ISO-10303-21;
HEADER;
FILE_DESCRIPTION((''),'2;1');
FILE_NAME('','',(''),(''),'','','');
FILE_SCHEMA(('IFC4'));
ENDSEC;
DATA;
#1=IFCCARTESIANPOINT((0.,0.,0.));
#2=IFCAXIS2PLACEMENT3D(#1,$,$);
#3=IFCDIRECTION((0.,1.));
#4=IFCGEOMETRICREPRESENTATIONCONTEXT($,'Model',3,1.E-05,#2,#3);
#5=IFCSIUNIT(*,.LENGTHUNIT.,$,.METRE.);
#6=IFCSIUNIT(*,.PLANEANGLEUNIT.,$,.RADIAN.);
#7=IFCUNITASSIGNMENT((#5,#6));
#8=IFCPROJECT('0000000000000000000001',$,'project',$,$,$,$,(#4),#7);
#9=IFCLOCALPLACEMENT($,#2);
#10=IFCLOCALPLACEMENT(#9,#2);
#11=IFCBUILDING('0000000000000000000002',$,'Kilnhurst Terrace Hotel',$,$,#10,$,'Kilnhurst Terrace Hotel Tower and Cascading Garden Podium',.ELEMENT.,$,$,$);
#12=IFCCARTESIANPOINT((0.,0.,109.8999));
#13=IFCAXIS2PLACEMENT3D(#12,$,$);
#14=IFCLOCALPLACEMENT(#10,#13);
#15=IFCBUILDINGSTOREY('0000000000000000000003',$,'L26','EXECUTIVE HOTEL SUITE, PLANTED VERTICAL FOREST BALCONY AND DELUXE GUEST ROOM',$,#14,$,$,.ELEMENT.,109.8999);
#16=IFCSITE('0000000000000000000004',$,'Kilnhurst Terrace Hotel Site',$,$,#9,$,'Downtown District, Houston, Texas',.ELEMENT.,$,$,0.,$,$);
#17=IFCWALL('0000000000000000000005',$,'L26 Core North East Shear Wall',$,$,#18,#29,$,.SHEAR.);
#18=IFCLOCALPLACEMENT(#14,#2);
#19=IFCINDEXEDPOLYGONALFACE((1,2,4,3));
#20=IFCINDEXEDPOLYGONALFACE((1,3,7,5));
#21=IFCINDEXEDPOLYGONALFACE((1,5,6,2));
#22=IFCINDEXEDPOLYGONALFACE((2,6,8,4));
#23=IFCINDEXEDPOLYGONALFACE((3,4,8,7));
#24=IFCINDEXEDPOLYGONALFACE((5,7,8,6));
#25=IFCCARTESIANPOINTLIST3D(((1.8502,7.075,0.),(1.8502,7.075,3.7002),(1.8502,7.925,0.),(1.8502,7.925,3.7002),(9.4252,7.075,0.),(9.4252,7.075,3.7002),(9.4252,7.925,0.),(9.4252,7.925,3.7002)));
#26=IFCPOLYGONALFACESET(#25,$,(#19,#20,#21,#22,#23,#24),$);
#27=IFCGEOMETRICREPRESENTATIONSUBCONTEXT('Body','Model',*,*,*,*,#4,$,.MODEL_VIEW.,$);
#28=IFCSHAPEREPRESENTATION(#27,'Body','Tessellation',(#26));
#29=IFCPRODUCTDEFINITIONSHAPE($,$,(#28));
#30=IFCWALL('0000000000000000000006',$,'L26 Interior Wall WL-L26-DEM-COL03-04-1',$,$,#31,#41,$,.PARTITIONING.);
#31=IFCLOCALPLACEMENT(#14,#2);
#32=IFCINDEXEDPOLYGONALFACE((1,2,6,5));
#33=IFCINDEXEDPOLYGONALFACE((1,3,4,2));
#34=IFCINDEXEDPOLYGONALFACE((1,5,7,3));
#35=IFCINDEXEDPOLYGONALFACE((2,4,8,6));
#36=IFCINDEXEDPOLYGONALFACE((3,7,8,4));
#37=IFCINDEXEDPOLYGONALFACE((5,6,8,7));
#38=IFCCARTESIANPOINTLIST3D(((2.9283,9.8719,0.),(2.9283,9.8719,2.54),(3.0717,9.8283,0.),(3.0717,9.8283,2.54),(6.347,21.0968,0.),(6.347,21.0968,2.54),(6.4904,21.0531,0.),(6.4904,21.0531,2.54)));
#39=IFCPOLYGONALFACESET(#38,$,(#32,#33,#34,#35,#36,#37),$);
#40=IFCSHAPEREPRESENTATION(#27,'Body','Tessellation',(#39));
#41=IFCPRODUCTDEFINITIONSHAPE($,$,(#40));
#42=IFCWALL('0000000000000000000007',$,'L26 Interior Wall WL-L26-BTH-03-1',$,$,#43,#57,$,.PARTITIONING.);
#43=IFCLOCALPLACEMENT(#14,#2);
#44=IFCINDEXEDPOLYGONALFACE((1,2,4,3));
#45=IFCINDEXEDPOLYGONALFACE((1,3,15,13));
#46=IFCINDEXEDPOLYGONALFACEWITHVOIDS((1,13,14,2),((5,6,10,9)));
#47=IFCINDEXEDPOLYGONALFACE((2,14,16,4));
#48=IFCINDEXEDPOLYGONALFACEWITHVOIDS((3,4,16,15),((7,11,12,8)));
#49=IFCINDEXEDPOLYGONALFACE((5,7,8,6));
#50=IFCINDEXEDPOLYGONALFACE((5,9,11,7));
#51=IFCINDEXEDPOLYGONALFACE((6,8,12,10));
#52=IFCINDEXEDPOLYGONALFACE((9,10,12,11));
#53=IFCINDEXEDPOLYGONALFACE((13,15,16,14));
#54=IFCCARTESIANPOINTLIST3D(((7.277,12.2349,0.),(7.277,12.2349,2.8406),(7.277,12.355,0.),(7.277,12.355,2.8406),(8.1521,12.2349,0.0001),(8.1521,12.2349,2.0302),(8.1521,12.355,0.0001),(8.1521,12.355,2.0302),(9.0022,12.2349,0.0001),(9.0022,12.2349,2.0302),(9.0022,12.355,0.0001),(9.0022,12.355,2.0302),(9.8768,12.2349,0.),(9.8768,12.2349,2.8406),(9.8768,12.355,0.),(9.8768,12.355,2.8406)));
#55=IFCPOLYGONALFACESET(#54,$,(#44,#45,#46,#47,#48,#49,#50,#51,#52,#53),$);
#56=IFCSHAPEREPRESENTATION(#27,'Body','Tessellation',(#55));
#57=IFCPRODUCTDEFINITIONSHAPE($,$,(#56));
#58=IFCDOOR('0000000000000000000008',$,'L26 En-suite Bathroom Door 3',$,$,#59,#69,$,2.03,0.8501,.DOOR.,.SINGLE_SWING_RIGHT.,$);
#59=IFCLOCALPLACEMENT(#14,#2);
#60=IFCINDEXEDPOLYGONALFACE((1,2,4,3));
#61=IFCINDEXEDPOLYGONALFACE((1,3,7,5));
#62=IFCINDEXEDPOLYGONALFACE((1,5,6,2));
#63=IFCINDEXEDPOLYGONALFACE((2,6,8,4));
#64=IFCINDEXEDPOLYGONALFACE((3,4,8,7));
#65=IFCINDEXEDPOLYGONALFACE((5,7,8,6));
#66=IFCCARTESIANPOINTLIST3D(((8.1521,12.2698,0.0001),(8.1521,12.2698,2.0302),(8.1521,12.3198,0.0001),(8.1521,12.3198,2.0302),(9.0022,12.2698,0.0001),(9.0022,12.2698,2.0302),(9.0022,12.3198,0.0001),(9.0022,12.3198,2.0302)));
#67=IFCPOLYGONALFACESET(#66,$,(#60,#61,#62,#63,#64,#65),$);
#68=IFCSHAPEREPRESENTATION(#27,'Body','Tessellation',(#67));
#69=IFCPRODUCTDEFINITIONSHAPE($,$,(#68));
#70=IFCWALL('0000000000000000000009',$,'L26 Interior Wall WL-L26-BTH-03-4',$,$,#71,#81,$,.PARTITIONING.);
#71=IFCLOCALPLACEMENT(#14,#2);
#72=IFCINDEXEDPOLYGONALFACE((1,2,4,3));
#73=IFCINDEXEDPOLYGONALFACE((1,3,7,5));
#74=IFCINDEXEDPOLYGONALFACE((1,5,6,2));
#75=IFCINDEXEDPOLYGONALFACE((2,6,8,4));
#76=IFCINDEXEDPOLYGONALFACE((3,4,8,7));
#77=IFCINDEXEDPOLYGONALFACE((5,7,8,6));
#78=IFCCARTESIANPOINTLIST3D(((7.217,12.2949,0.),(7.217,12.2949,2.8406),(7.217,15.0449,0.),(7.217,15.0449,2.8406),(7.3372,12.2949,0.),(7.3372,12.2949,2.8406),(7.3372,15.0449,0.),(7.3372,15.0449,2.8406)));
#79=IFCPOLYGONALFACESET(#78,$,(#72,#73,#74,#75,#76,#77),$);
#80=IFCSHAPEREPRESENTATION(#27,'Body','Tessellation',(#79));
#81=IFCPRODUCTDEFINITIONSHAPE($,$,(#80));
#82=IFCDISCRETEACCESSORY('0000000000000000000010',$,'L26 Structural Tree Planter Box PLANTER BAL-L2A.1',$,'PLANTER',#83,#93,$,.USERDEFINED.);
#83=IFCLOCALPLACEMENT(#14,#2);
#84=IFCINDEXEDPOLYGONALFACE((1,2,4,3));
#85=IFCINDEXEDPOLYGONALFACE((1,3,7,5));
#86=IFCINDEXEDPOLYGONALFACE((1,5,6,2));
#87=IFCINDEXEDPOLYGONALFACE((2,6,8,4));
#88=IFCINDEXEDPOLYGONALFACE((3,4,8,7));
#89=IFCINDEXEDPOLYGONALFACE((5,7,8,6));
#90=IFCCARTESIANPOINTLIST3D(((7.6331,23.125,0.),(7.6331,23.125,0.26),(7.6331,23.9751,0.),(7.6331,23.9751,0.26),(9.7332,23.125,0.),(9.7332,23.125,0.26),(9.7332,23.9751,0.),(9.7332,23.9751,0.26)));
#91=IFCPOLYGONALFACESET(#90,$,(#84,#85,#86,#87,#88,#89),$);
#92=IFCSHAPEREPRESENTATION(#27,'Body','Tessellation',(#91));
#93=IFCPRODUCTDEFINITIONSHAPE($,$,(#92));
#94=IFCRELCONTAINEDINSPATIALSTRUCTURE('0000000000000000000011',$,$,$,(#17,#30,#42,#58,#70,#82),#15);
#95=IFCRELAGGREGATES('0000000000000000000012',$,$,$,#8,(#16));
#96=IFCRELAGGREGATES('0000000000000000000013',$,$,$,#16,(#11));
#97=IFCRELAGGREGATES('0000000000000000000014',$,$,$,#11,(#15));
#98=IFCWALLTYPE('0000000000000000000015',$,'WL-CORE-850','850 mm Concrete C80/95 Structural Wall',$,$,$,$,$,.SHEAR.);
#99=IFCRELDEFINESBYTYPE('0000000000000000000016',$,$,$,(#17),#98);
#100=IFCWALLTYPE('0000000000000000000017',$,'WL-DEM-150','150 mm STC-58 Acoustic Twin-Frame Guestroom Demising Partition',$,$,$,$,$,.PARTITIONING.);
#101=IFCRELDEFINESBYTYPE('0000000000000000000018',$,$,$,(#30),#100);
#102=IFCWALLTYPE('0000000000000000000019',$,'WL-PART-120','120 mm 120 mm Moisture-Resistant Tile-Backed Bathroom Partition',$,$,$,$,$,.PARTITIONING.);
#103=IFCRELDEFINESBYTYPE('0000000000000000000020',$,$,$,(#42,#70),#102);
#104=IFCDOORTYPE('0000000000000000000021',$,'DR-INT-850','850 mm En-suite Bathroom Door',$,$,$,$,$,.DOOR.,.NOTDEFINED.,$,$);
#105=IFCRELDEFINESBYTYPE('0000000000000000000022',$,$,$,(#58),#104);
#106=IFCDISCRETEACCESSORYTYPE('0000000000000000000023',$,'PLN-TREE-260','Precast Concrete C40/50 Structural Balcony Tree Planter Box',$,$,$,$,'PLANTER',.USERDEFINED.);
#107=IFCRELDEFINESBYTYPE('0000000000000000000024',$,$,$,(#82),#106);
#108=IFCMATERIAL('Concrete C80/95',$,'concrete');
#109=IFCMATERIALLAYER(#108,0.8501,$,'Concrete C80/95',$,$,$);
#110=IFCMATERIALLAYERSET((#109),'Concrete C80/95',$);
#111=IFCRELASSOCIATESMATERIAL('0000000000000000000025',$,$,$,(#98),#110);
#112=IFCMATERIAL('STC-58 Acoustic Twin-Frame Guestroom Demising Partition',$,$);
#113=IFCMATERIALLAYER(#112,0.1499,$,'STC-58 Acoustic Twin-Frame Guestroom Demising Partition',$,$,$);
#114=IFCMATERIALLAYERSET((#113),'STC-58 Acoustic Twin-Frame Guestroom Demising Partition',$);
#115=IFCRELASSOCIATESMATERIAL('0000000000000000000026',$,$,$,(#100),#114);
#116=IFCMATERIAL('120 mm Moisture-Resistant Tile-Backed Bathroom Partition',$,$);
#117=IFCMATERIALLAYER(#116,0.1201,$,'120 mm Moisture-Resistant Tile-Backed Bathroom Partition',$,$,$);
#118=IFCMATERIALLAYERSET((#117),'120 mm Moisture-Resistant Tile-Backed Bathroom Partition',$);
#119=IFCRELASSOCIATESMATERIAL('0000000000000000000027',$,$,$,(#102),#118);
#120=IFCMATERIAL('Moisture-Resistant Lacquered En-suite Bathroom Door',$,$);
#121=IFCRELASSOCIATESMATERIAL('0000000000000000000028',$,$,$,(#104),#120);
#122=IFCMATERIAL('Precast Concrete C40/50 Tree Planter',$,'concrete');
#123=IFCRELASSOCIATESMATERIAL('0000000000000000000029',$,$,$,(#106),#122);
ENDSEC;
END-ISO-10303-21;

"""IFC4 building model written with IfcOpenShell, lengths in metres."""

from ifc_helpers import new_model, si_unit, direction, frame, frame_2d, origin, origin_2d, place, context, subcontext, project, spatial, rectangle, extrude, material, layer, layer_set, type_object, element, fill, save


model = new_model("IFC4")

# Units and contexts
model_context = context("Model", 3, precision=1e-05, world=origin(), true_north=direction((0.0, 1.0)))
body_context = subcontext(model_context, "Body", "Model", "MODEL_VIEW")
ifc_project = project(units=[si_unit("LENGTHUNIT", "METRE"), si_unit("PLANEANGLEUNIT", "RADIAN")], contexts=[model_context])

# Site, building, storey
site_placement = place(None, origin())
site = spatial("IfcSite", under=ifc_project, at=site_placement, Name="Kilnhurst Terrace Hotel Site", LongName="Downtown District, Houston, Texas", CompositionType="ELEMENT", RefElevation=0.0)
building_placement = place(site_placement, origin())
building = spatial("IfcBuilding", under=site, at=building_placement, Name="Kilnhurst Terrace Hotel", LongName="Kilnhurst Terrace Hotel Tower and Cascading Garden Podium", CompositionType="ELEMENT")
storey_placement = place(building_placement, frame((0.0, 0.0, 109.8999)))
storey = spatial("IfcBuildingStorey", under=building, at=storey_placement, Name="L26", Description="EXECUTIVE HOTEL SUITE, PLANTED VERTICAL FOREST BALCONY AND DELUXE GUEST ROOM", CompositionType="ELEMENT", Elevation=109.8999)

# Shared definitions
ifc_material_1 = material(Name="Concrete C80/95", Category="concrete")

# Walls
ifc_layer_1 = layer(ifc_material_1, 0.8501, Name="Concrete C80/95")
ifc_layer_set_1 = layer_set([ifc_layer_1], Name="Concrete C80/95")
wall_type_1 = type_object("IfcWallType", Name="WL-CORE-850", Description="850 mm Concrete C80/95 Structural Wall", PredefinedType="SHEAR", material=ifc_layer_set_1)
wall_1_placement = place(storey_placement, frame((1.8501, 7.5, 0.0), z_axis=(0.0, 0.0, 1.0), x_axis=(1.0, 0.0, 0.0)))
element("IfcWall", 1, at=wall_1_placement, inside=storey, type_object=wall_type_1, Name="L26 Core North East Shear Wall", PredefinedType="SHEAR", context=body_context, shape_type="SweptSolid", body=[
    extrude(rectangle(XDim=7.575, YDim=0.8501, at=frame_2d((3.7876, 0.0))), origin(), (0.0, 0.0, 1.0), 3.7002),
])
ifc_material_2 = material(Name="STC-58 Acoustic Twin-Frame Guestroom Demising Partition")
ifc_layer_2 = layer(ifc_material_2, 0.1499, Name="STC-58 Acoustic Twin-Frame Guestroom Demising Partition")
ifc_layer_set_2 = layer_set([ifc_layer_2], Name="STC-58 Acoustic Twin-Frame Guestroom Demising Partition")
wall_type_2 = type_object("IfcWallType", Name="WL-DEM-150", Description="150 mm STC-58 Acoustic Twin-Frame Guestroom Demising Partition", PredefinedType="PARTITIONING", material=ifc_layer_set_2)
wall_2_placement = place(storey_placement, frame((3.0, 9.8501, 0.0), z_axis=(0.0, 0.0, 1.0), x_axis=(0.291352, 0.956616, 0.0)))
element("IfcWall", 2, at=wall_2_placement, inside=storey, type_object=wall_type_2, Name="L26 Interior Wall WL-L26-DEM-COL03-04-1", PredefinedType="PARTITIONING", context=body_context, shape_type="SweptSolid", body=[
    extrude(rectangle(XDim=11.7339, YDim=0.1499, at=frame_2d((5.8669, 0.0))), origin(), (0.0, 0.0, 1.0), 2.54),
])

# Wall, opening, door
ifc_material_3 = material(Name="120 mm Moisture-Resistant Tile-Backed Bathroom Partition")
ifc_layer_3 = layer(ifc_material_3, 0.1201, Name="120 mm Moisture-Resistant Tile-Backed Bathroom Partition")
ifc_layer_set_3 = layer_set([ifc_layer_3], Name="120 mm Moisture-Resistant Tile-Backed Bathroom Partition")
wall_type_3 = type_object("IfcWallType", Name="WL-PART-120", Description="120 mm 120 mm Moisture-Resistant Tile-Backed Bathroom Partition", PredefinedType="PARTITIONING", material=ifc_layer_set_3)
wall_3_placement = place(storey_placement, frame((7.2771, 12.2949, 0.0), z_axis=(0.0, 0.0, 1.0), x_axis=(1.0, 0.0, 0.0)))
wall_3 = element("IfcWall", 3, at=wall_3_placement, inside=storey, type_object=wall_type_3, Name="L26 Interior Wall WL-L26-BTH-03-1", PredefinedType="PARTITIONING", context=body_context, shape_type="SweptSolid", body=[
    extrude(rectangle(XDim=2.5999, YDim=0.1201, at=frame_2d((1.2998, 0.0))), origin(), (0.0, 0.0, 1.0), 2.8406),
])
opening_placement = place(wall_3_placement, frame((0.875, 0.0, 0.0)))
opening = element("IfcOpeningElement", 4, at=opening_placement, cuts=wall_3, PredefinedType="OPENING", context=body_context, shape_type="SweptSolid", body=[
    extrude(rectangle(XDim=0.8501, YDim=2.03, at=frame_2d((0.425, 1.0151))), frame((0.0, 0.0701, 0.0), z_axis=(0.0, -1.0, 0.0), x_axis=(1.0, 0.0, 0.0)), (0.0, 0.0, 1.0), 0.1401),
])
ifc_material_4 = material(Name="Moisture-Resistant Lacquered En-suite Bathroom Door")
door_type = type_object("IfcDoorType", Name="DR-INT-850", Description="850 mm En-suite Bathroom Door", OperationType="NOTDEFINED", PredefinedType="DOOR", material=ifc_material_4)
door_placement = place(opening_placement, origin())
door = element("IfcDoor", 5, at=door_placement, inside=storey, type_object=door_type, Name="L26 En-suite Bathroom Door 3", OperationType="SINGLE_SWING_RIGHT", OverallHeight=2.03, OverallWidth=0.8501, PredefinedType="DOOR", context=body_context, shape_type="SweptSolid", body=[
    extrude(rectangle(XDim=0.8501, YDim=2.03, at=frame_2d((0.425, 1.0151))), frame((0.0, 0.0249, 0.0), z_axis=(0.0, -1.0, 0.0), x_axis=(1.0, 0.0, 0.0)), (0.0, 0.0, 1.0), 0.05),
])
fill(opening, door)

# Wall
wall_4_placement = place(storey_placement, frame((7.2771, 15.0449, 0.0), z_axis=(0.0, 0.0, 1.0), x_axis=(0.0, -1.0, 0.0)))
element("IfcWall", 6, at=wall_4_placement, inside=storey, type_object=wall_type_3, Name="L26 Interior Wall WL-L26-BTH-03-4", PredefinedType="PARTITIONING", context=body_context, shape_type="SweptSolid", body=[
    extrude(rectangle(XDim=2.75, YDim=0.1201, at=frame_2d((1.375, 0.0))), origin(), (0.0, 0.0, 1.0), 2.8406),
])

# Discrete accessory
ifc_material_5 = material(Name="Precast Concrete C40/50 Tree Planter", Category="concrete")
discrete_accessory_type = type_object("IfcDiscreteAccessoryType", Name="PLN-TREE-260", Description="Precast Concrete C40/50 Structural Balcony Tree Planter Box", ElementType="PLANTER", PredefinedType="USERDEFINED", material=ifc_material_5)
discrete_accessory_placement = place(storey_placement, frame((8.6831, 23.55, 0.0), z_axis=(0.0, 0.0, 1.0), x_axis=(-1.0, 0.0, 0.0)))
element("IfcDiscreteAccessory", 7, at=discrete_accessory_placement, inside=storey, type_object=discrete_accessory_type, Name="L26 Structural Tree Planter Box PLANTER BAL-L2A.1", ObjectType="PLANTER", PredefinedType="USERDEFINED", context=body_context, shape_type="SweptSolid", body=[
    extrude(rectangle(XDim=2.1001, YDim=0.8501, at=origin_2d()), origin(), (0.0, 0.0, 1.0), 0.26),
])

save(model, "model.ifc")
